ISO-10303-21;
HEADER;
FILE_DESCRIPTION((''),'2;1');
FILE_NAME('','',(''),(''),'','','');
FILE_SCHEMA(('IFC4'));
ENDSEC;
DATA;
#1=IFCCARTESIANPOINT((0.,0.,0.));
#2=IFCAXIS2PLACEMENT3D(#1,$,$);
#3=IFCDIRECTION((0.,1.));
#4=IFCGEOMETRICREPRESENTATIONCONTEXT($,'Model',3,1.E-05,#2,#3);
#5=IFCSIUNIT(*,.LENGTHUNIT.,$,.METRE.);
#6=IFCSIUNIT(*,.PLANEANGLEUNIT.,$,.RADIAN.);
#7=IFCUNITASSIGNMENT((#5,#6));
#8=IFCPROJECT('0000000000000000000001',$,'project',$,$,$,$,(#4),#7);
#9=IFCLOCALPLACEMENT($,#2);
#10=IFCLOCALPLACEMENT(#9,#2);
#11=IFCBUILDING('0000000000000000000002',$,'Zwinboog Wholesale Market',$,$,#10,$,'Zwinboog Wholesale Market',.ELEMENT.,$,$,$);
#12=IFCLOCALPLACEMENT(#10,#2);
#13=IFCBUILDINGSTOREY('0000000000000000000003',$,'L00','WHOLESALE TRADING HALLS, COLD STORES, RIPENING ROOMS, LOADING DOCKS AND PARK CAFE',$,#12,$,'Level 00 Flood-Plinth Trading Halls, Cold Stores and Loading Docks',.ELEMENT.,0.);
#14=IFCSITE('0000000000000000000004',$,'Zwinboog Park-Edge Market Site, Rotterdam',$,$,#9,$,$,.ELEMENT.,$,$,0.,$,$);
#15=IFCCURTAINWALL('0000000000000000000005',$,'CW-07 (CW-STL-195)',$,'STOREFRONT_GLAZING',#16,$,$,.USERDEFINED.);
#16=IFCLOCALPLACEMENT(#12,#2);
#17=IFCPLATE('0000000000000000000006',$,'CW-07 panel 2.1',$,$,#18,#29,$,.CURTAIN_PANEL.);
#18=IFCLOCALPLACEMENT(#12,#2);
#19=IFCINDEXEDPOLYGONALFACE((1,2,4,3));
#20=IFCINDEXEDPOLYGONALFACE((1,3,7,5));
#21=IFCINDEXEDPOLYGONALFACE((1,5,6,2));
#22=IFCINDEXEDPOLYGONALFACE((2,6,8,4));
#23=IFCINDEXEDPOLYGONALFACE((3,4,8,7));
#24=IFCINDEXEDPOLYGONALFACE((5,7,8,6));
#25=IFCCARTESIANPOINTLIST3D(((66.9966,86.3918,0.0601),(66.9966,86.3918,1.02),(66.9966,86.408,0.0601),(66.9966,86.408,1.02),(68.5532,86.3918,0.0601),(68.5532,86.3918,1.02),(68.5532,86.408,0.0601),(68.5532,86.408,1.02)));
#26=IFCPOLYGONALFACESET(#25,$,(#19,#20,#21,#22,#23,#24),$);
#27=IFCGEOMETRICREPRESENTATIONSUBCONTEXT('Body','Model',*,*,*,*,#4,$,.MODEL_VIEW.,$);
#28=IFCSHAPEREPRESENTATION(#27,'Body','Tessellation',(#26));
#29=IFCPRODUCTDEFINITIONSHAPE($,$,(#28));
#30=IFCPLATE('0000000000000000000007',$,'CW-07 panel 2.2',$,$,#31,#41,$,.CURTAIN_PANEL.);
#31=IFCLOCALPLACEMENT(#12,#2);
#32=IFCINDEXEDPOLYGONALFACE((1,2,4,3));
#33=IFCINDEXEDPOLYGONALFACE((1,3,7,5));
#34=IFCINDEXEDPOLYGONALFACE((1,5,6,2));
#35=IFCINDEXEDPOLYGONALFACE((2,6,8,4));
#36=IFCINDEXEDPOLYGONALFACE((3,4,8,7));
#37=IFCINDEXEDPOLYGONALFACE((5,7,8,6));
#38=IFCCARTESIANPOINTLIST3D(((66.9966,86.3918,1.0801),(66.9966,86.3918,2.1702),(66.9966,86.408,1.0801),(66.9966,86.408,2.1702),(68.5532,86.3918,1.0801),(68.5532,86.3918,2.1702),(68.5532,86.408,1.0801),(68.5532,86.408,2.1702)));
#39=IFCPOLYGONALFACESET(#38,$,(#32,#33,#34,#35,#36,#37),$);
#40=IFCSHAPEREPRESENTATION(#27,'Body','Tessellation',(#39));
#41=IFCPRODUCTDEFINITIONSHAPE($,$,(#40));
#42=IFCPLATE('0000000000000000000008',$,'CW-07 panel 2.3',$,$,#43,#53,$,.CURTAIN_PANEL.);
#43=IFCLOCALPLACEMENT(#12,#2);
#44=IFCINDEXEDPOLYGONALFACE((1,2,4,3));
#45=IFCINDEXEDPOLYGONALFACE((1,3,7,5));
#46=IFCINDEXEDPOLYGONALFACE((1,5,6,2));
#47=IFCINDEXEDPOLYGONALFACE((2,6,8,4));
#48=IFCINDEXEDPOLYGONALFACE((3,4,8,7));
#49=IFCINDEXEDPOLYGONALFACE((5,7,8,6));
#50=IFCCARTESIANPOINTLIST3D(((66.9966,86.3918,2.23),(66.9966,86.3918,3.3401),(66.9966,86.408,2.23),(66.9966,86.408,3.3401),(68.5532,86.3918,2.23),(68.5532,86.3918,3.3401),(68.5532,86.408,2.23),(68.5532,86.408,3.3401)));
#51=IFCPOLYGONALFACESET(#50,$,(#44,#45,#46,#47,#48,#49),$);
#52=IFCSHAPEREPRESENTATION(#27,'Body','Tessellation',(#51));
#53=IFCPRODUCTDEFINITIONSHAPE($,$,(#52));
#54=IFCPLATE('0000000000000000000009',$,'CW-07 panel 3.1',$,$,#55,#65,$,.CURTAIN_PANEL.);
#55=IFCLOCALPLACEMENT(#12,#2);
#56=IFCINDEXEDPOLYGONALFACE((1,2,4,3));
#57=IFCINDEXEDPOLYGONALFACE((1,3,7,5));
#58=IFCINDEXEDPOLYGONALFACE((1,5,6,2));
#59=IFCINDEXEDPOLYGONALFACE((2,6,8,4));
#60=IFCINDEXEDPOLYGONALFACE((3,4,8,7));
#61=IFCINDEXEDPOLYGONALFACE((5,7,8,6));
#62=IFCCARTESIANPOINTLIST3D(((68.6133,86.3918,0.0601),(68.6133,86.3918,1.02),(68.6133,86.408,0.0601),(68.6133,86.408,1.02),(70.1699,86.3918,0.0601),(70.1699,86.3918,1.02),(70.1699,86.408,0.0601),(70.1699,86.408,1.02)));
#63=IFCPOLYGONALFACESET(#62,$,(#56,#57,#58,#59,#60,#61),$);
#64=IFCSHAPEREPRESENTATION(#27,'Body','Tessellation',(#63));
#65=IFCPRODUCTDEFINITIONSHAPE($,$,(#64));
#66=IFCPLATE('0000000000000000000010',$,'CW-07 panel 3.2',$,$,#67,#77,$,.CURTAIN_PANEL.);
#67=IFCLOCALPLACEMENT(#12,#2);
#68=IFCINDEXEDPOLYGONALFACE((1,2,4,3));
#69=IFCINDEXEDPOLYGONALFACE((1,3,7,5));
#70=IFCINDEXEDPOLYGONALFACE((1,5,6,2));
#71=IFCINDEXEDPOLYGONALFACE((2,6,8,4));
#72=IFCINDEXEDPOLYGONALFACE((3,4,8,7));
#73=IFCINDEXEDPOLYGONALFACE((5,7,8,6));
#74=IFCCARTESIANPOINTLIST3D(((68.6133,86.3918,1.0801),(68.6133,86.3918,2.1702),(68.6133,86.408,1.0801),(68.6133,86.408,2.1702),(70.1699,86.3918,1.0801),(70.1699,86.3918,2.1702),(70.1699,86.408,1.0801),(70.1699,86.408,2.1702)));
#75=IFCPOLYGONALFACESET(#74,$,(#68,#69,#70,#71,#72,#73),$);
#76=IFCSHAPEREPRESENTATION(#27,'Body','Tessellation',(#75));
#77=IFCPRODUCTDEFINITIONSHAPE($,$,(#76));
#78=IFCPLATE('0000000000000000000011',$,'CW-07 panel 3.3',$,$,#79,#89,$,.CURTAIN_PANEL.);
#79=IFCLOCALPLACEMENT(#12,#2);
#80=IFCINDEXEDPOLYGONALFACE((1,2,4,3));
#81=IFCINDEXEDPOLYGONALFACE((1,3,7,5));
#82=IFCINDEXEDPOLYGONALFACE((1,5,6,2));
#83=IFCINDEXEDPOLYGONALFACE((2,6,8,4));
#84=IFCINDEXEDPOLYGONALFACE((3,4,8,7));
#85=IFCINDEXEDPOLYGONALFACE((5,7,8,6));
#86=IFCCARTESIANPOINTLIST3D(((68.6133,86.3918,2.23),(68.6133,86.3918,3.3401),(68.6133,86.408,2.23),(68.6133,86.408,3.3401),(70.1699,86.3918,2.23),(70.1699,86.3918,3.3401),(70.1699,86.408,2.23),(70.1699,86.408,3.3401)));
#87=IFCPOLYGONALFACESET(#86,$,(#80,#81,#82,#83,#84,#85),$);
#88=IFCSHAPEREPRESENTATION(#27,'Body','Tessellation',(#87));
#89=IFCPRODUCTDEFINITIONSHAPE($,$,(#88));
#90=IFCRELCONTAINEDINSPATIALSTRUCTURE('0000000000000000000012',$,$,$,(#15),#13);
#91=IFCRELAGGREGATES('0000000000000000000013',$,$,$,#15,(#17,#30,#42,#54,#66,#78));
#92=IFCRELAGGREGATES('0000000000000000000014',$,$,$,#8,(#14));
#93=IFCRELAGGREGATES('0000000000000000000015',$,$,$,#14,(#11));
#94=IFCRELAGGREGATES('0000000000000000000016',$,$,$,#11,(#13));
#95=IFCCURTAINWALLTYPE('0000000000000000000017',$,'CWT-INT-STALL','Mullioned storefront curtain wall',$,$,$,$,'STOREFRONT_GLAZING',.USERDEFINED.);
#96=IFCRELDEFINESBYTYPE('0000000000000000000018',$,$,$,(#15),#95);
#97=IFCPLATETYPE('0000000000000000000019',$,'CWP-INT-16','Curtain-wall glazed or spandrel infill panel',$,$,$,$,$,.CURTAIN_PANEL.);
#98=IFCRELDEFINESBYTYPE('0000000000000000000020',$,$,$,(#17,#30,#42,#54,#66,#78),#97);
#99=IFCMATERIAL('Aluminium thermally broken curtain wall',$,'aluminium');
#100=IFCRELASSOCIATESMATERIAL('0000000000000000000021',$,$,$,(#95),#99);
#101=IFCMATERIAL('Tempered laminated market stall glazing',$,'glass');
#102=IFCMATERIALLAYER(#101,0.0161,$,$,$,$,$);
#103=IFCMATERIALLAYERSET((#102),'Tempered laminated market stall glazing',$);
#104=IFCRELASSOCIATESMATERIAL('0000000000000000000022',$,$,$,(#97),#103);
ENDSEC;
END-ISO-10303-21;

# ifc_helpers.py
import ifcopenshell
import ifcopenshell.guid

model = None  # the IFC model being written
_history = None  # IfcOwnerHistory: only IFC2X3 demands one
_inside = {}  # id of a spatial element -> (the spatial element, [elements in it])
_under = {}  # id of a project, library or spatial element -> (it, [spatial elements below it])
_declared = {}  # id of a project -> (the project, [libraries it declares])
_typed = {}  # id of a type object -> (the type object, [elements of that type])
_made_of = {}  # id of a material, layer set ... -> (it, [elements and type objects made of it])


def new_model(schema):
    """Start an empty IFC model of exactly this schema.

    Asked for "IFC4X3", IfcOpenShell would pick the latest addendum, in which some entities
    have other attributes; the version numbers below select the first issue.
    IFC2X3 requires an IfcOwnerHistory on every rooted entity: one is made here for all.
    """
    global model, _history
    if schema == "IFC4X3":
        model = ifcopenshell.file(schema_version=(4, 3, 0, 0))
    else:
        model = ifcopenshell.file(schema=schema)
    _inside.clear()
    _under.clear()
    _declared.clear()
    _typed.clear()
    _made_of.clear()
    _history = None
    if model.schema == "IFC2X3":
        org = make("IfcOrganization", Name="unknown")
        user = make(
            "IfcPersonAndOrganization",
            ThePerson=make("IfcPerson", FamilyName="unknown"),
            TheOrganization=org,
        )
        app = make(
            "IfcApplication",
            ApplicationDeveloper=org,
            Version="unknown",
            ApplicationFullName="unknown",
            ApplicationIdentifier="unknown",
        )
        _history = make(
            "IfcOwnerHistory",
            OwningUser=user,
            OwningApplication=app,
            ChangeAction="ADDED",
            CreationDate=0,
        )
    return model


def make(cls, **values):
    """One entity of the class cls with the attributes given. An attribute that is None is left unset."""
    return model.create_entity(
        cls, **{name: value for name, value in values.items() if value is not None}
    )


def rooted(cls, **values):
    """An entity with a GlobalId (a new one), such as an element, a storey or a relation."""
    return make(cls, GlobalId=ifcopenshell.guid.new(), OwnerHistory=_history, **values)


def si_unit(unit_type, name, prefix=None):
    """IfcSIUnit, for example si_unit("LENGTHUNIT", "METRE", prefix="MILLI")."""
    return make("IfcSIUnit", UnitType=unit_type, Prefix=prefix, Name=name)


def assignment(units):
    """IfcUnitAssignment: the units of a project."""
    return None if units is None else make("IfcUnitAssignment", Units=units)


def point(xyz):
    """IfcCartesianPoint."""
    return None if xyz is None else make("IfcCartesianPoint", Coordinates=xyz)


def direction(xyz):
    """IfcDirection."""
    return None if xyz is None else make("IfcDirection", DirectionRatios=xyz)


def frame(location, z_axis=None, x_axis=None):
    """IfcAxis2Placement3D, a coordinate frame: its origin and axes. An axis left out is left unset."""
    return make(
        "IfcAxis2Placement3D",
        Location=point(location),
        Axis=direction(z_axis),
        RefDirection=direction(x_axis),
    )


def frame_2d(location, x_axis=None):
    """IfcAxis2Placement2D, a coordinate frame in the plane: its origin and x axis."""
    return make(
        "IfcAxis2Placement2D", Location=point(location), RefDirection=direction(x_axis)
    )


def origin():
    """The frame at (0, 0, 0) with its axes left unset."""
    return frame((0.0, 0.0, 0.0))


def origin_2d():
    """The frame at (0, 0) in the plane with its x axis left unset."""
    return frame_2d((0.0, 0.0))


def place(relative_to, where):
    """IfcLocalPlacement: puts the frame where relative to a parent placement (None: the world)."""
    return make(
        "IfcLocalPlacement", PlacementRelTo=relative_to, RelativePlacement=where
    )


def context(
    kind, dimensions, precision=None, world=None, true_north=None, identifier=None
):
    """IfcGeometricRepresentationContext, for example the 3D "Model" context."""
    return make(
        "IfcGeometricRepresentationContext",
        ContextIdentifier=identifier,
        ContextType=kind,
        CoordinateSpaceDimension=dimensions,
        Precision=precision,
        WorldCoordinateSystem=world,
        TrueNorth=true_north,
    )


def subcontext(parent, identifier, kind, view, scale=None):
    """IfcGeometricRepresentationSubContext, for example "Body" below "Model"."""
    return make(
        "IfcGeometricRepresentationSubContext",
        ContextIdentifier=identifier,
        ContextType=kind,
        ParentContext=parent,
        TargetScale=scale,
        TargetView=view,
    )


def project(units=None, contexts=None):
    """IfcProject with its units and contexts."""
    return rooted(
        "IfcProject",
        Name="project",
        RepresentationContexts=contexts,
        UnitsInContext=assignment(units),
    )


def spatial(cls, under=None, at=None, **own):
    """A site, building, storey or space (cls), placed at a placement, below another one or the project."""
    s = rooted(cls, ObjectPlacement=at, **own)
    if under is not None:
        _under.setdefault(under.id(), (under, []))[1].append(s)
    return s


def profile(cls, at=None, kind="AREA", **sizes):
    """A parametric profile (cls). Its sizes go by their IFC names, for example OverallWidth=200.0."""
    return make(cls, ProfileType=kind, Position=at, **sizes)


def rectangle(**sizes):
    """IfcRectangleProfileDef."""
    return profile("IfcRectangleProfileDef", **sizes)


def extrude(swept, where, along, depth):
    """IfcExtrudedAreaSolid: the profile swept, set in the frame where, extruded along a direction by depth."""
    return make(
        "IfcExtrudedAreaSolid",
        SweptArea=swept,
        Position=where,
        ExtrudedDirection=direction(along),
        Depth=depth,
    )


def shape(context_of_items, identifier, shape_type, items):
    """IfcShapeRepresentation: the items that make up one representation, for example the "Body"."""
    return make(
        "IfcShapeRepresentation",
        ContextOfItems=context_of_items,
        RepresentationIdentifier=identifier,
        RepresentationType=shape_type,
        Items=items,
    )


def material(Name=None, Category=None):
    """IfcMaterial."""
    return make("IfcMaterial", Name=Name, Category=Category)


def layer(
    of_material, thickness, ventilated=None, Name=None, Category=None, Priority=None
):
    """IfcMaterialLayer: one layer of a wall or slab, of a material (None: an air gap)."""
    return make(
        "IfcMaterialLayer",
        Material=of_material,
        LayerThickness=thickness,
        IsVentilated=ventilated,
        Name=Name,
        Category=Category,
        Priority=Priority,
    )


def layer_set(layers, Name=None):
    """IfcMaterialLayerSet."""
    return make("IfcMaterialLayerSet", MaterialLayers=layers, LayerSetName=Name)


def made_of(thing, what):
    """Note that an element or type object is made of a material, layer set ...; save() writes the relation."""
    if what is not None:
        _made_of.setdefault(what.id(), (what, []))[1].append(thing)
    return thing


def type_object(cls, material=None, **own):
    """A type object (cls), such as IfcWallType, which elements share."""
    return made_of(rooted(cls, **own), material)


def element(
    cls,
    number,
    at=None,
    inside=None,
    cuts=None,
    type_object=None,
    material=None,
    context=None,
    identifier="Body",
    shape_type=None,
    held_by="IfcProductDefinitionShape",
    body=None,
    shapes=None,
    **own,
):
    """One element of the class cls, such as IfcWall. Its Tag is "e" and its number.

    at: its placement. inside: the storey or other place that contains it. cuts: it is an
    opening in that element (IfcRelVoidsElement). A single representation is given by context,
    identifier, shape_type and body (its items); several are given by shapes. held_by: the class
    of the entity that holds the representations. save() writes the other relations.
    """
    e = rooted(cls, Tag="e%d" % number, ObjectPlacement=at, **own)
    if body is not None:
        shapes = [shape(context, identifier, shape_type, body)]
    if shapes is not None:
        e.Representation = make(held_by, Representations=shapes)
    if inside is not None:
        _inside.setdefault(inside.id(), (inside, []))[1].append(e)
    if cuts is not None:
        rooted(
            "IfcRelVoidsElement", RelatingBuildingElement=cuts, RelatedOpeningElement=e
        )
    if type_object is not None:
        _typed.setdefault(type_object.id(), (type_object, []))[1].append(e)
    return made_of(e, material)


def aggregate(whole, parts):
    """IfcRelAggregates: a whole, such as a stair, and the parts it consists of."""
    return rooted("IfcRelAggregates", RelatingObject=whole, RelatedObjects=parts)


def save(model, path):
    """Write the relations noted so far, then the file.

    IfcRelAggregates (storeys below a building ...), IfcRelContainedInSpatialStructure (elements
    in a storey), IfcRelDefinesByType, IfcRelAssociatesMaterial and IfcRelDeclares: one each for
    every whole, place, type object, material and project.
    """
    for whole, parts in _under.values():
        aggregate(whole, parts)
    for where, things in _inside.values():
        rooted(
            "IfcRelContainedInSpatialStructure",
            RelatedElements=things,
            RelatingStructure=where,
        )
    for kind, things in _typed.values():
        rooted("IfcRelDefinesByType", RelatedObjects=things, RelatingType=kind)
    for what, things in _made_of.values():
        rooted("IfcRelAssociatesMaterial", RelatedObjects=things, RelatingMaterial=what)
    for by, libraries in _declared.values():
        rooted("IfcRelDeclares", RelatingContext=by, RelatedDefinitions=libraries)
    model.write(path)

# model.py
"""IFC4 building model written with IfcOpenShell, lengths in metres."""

from ifc_helpers import new_model, si_unit, direction, frame, origin, origin_2d, place, context, subcontext, project, spatial, rectangle, extrude, material, layer, layer_set, type_object, element, aggregate, save


model = new_model("IFC4")

# Units and contexts
model_context = context("Model", 3, precision=1e-05, world=origin(), true_north=direction((0.0, 1.0)))
body_context = subcontext(model_context, "Body", "Model", "MODEL_VIEW")
ifc_project = project(units=[si_unit("LENGTHUNIT", "METRE"), si_unit("PLANEANGLEUNIT", "RADIAN")], contexts=[model_context])

# Site, building, storey
site_placement = place(None, origin())
site = spatial("IfcSite", under=ifc_project, at=site_placement, Name="Zwinboog Park-Edge Market Site, Rotterdam", CompositionType="ELEMENT", RefElevation=0.0)
building_placement = place(site_placement, origin())
building = spatial("IfcBuilding", under=site, at=building_placement, Name="Zwinboog Wholesale Market", LongName="Zwinboog Wholesale Market", CompositionType="ELEMENT")
storey_placement = place(building_placement, origin())
storey = spatial("IfcBuildingStorey", under=building, at=storey_placement, Name="L00", Description="WHOLESALE TRADING HALLS, COLD STORES, RIPENING ROOMS, LOADING DOCKS AND PARK CAFE", LongName="Level 00 Flood-Plinth Trading Halls, Cold Stores and Loading Docks", CompositionType="ELEMENT", Elevation=0.0)

# Curtain wall, plates
ifc_material_1 = material(Name="Aluminium thermally broken curtain wall", Category="aluminium")
curtain_wall_type = type_object("IfcCurtainWallType", Name="CWT-INT-STALL", Description="Mullioned storefront curtain wall", ElementType="STOREFRONT_GLAZING", PredefinedType="USERDEFINED", material=ifc_material_1)
curtain_wall_placement = place(storey_placement, origin())
curtain_wall = element("IfcCurtainWall", 1, at=curtain_wall_placement, inside=storey, type_object=curtain_wall_type, Name="CW-07 (CW-STL-195)", ObjectType="STOREFRONT_GLAZING", PredefinedType="USERDEFINED")
ifc_material_2 = material(Name="Tempered laminated market stall glazing", Category="glass")
ifc_layer = layer(ifc_material_2, 0.0161)
ifc_layer_set = layer_set([ifc_layer], Name="Tempered laminated market stall glazing")
plate_type = type_object("IfcPlateType", Name="CWP-INT-16", Description="Curtain-wall glazed or spandrel infill panel", PredefinedType="CURTAIN_PANEL", material=ifc_layer_set)
plate_1_placement = place(storey_placement, frame((67.7749, 86.3999, 0.0601), z_axis=(0.0, 0.0, 1.0), x_axis=(1.0, 0.0, 0.0)))
plate_1 = element("IfcPlate", 2, at=plate_1_placement, type_object=plate_type, Name="CW-07 panel 2.1", PredefinedType="CURTAIN_PANEL", context=body_context, shape_type="SweptSolid", body=[
    extrude(rectangle(XDim=1.5566, YDim=0.0161, at=origin_2d()), origin(), (0.0, 0.0, 1.0), 0.96),
])
plate_2_placement = place(storey_placement, frame((67.7749, 86.3999, 1.0801), z_axis=(0.0, 0.0, 1.0), x_axis=(1.0, 0.0, 0.0)))
plate_2 = element("IfcPlate", 3, at=plate_2_placement, type_object=plate_type, Name="CW-07 panel 2.2", PredefinedType="CURTAIN_PANEL", context=body_context, shape_type="SweptSolid", body=[
    extrude(rectangle(XDim=1.5566, YDim=0.0161, at=origin_2d()), origin(), (0.0, 0.0, 1.0), 1.0901),
])
plate_3_placement = place(storey_placement, frame((67.7749, 86.3999, 2.23), z_axis=(0.0, 0.0, 1.0), x_axis=(1.0, 0.0, 0.0)))
plate_3 = element("IfcPlate", 4, at=plate_3_placement, type_object=plate_type, Name="CW-07 panel 2.3", PredefinedType="CURTAIN_PANEL", context=body_context, shape_type="SweptSolid", body=[
    extrude(rectangle(XDim=1.5566, YDim=0.0161, at=origin_2d()), origin(), (0.0, 0.0, 1.0), 1.1101),
])
plate_4_placement = place(storey_placement, frame((69.3916, 86.3999, 0.0601), z_axis=(0.0, 0.0, 1.0), x_axis=(1.0, 0.0, 0.0)))
plate_4 = element("IfcPlate", 5, at=plate_4_placement, type_object=plate_type, Name="CW-07 panel 3.1", PredefinedType="CURTAIN_PANEL", context=body_context, shape_type="SweptSolid", body=[
    extrude(rectangle(XDim=1.5566, YDim=0.0161, at=origin_2d()), origin(), (0.0, 0.0, 1.0), 0.96),
])
plate_5_placement = place(storey_placement, frame((69.3916, 86.3999, 1.0801), z_axis=(0.0, 0.0, 1.0), x_axis=(1.0, 0.0, 0.0)))
plate_5 = element("IfcPlate", 6, at=plate_5_placement, type_object=plate_type, Name="CW-07 panel 3.2", PredefinedType="CURTAIN_PANEL", context=body_context, shape_type="SweptSolid", body=[
    extrude(rectangle(XDim=1.5566, YDim=0.0161, at=origin_2d()), origin(), (0.0, 0.0, 1.0), 1.0901),
])
plate_6_placement = place(storey_placement, frame((69.3916, 86.3999, 2.23), z_axis=(0.0, 0.0, 1.0), x_axis=(1.0, 0.0, 0.0)))
plate_6 = element("IfcPlate", 7, at=plate_6_placement, type_object=plate_type, Name="CW-07 panel 3.3", PredefinedType="CURTAIN_PANEL", context=body_context, shape_type="SweptSolid", body=[
    extrude(rectangle(XDim=1.5566, YDim=0.0161, at=origin_2d()), origin(), (0.0, 0.0, 1.0), 1.1101),
])
aggregate(curtain_wall, [plate_1, plate_2, plate_3, plate_4, plate_5, plate_6])

save(model, "model.ifc")
